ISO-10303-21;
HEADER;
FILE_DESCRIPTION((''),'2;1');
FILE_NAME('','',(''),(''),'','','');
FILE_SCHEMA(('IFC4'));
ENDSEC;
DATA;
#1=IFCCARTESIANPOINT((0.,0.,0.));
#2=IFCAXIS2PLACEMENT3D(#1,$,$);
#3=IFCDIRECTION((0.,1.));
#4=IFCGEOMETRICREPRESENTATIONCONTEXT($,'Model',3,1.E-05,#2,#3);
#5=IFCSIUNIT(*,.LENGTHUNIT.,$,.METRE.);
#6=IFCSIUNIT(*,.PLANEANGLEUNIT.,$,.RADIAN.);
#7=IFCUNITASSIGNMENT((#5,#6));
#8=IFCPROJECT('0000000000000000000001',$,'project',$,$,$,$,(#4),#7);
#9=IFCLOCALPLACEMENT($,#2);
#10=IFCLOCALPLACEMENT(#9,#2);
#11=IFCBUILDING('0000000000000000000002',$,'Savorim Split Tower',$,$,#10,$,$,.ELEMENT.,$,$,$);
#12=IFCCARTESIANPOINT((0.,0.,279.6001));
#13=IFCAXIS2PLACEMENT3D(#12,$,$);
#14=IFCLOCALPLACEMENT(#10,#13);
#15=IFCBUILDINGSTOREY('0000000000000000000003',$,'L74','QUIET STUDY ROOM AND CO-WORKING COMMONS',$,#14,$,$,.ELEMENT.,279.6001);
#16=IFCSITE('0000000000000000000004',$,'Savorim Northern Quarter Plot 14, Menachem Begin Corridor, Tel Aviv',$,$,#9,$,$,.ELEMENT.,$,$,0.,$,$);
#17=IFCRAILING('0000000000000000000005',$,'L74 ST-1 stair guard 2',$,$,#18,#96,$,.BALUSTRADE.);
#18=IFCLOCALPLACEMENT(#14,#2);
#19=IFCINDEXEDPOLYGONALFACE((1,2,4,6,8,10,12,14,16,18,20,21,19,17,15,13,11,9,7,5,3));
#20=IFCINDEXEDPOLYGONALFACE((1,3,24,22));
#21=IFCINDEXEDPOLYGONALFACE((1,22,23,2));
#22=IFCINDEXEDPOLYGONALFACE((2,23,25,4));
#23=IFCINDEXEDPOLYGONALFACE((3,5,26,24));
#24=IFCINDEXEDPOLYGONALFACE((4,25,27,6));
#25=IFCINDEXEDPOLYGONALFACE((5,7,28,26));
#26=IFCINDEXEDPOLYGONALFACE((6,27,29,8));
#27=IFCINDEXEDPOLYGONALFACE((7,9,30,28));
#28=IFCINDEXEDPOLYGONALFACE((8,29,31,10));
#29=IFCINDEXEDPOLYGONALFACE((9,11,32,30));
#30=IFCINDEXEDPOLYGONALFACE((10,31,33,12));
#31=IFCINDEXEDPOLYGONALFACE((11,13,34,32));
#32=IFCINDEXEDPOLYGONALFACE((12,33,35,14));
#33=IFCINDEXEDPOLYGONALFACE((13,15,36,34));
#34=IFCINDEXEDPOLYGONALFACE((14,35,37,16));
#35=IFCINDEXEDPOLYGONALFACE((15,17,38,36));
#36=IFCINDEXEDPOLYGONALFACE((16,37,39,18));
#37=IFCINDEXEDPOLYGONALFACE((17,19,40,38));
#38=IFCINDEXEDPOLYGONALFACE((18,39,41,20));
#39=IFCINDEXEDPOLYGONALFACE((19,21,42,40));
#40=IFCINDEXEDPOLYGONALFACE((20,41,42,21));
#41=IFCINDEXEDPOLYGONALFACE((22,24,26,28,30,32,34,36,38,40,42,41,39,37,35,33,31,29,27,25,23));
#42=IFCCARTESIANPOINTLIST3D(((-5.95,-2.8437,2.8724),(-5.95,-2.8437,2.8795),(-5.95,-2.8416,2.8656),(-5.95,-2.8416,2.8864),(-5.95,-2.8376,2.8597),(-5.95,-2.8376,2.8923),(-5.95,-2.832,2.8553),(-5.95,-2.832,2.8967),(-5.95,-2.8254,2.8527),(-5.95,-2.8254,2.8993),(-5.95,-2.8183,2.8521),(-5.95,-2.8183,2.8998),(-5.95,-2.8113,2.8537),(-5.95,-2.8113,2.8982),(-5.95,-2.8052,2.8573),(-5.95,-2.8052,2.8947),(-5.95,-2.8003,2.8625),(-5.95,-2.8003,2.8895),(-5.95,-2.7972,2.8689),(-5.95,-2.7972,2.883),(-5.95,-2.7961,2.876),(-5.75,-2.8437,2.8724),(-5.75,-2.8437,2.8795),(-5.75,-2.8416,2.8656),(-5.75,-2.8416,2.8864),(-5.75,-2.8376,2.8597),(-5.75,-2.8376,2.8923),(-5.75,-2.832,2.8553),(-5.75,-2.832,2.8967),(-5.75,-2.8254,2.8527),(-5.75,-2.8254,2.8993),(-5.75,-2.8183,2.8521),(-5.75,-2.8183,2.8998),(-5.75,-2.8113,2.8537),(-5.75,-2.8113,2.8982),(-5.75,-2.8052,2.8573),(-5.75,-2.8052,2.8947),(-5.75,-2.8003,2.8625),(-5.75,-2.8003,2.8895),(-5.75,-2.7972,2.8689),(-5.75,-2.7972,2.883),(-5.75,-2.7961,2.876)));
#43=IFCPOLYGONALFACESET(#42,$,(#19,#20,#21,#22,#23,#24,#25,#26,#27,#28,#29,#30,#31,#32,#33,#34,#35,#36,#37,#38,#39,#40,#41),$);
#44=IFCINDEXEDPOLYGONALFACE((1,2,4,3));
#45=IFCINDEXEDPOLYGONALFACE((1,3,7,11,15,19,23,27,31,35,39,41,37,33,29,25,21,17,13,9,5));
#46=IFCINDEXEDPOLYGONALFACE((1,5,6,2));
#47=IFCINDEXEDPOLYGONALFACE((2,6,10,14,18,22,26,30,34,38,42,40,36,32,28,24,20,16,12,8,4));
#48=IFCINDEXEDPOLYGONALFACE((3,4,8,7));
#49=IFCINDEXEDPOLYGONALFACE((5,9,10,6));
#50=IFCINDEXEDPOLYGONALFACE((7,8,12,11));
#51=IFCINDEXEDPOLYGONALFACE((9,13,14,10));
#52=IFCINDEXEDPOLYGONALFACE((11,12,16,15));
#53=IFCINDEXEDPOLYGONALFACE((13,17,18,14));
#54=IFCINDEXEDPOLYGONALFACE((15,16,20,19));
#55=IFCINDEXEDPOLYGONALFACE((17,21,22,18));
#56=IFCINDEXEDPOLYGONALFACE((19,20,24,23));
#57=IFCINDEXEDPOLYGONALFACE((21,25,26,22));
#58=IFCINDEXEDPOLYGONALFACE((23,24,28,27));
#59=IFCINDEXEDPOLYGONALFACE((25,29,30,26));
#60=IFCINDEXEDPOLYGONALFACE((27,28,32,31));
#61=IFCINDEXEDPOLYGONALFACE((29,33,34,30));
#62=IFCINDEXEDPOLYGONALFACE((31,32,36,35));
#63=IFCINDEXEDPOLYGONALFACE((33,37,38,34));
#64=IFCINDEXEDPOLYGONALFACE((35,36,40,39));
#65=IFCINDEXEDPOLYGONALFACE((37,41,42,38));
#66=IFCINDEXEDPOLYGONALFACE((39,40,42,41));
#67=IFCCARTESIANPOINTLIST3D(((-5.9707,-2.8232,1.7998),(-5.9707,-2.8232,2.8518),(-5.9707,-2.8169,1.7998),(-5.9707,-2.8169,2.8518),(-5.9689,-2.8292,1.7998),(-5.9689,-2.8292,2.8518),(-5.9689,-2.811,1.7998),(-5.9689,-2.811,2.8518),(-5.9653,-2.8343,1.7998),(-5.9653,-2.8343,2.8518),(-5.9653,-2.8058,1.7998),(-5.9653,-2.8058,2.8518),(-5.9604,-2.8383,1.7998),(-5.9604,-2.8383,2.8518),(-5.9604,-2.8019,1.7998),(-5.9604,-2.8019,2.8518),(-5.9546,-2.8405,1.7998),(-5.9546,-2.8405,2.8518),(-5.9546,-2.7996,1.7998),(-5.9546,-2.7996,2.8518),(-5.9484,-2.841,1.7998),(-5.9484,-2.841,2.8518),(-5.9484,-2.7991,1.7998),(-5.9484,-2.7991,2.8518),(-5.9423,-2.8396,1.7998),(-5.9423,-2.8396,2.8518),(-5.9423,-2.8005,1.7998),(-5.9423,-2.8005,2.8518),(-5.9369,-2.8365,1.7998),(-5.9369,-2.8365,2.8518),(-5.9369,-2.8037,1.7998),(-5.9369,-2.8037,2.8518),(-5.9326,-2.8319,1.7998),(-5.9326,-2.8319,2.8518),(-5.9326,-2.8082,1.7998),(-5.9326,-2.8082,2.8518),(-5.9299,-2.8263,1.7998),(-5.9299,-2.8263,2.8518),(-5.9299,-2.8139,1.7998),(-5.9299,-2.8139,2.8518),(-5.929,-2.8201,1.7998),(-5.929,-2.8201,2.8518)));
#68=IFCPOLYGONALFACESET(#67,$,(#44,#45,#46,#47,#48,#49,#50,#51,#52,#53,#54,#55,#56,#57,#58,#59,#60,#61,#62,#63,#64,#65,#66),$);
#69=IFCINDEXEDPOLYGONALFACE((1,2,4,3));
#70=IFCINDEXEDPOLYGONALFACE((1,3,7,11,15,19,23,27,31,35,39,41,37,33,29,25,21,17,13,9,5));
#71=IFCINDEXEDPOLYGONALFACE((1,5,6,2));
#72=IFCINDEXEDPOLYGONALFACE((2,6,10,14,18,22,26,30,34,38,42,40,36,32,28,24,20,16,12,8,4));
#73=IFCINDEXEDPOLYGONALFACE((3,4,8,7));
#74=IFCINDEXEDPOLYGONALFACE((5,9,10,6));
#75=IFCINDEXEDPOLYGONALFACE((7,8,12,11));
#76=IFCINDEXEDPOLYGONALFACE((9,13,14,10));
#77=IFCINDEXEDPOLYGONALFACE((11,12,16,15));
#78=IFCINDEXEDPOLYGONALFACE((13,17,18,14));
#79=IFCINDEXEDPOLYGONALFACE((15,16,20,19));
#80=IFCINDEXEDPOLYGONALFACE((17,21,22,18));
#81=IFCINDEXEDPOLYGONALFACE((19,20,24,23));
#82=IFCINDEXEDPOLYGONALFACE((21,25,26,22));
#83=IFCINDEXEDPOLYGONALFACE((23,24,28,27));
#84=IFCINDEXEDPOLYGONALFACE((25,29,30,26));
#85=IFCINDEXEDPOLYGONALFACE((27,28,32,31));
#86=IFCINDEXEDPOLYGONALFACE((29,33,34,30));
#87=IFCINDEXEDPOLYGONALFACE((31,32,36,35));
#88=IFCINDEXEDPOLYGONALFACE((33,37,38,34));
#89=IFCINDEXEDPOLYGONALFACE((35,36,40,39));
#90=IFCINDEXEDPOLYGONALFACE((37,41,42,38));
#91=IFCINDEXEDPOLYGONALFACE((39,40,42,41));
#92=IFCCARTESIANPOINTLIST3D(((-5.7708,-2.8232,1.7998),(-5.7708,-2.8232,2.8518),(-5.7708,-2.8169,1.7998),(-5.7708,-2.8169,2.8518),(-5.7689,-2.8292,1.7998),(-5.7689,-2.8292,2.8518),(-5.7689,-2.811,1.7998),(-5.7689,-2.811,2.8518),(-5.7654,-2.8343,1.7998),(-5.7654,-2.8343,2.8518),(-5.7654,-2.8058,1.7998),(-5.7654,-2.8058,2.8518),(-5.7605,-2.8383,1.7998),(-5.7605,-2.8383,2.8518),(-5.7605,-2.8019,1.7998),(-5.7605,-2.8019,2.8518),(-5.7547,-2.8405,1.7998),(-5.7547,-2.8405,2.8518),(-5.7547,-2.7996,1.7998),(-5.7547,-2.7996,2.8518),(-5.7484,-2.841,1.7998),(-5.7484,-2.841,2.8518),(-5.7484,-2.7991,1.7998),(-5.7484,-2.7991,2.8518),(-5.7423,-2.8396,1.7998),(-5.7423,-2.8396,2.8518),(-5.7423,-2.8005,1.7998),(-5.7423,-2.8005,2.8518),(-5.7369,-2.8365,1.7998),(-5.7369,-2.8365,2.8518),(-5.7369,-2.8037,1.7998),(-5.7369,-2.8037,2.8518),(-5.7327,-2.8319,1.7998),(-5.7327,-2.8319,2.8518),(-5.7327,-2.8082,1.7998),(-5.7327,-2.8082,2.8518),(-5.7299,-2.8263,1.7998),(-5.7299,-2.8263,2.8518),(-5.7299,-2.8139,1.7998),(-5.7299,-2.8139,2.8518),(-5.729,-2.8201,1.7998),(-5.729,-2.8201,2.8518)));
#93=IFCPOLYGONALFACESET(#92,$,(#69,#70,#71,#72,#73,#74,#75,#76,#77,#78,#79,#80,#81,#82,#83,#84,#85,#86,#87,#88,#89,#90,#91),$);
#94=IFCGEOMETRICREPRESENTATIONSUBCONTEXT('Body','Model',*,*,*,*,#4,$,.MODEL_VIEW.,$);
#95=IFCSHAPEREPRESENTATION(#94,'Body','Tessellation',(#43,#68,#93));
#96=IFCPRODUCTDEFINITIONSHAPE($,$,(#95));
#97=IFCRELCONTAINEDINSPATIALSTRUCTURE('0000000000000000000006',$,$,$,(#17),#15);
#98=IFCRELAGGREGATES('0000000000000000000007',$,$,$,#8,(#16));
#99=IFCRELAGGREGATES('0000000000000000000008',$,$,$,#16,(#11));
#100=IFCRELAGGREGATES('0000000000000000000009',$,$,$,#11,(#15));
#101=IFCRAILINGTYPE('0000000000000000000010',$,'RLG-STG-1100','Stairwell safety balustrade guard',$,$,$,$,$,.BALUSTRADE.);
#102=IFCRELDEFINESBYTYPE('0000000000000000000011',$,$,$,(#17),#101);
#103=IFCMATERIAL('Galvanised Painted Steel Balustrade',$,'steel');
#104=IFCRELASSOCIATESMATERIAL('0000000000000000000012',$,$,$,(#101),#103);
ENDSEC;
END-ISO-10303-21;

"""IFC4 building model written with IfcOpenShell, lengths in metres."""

from ifc_helpers import new_model, si_unit, direction, frame, origin, origin_2d, place, context, subcontext, project, spatial, circle, extrude, material, type_object, element, save


model = new_model("IFC4")

# Units and contexts
model_context = context("Model", 3, precision=1e-05, world=origin(), true_north=direction((0.0, 1.0)))
body_context = subcontext(model_context, "Body", "Model", "MODEL_VIEW")
ifc_project = project(units=[si_unit("LENGTHUNIT", "METRE"), si_unit("PLANEANGLEUNIT", "RADIAN")], contexts=[model_context])

# Site, building, storey
site_placement = place(None, origin())
site = spatial("IfcSite", under=ifc_project, at=site_placement, Name="Savorim Northern Quarter Plot 14, Menachem Begin Corridor, Tel Aviv", CompositionType="ELEMENT", RefElevation=0.0)
building_placement = place(site_placement, origin())
building = spatial("IfcBuilding", under=site, at=building_placement, Name="Savorim Split Tower", CompositionType="ELEMENT")
storey_placement = place(building_placement, frame((0.0, 0.0, 279.6001)))
storey = spatial("IfcBuildingStorey", under=building, at=storey_placement, Name="L74", Description="QUIET STUDY ROOM AND CO-WORKING COMMONS", CompositionType="ELEMENT", Elevation=279.6001)

# Railing
ifc_material_1 = material(Name="Galvanised Painted Steel Balustrade", Category="steel")
railing_type_1 = type_object("IfcRailingType", Name="RLG-STG-1100", Description="Stairwell safety balustrade guard", PredefinedType="BALUSTRADE", material=ifc_material_1)
railing_1_placement = place(storey_placement, frame((-5.95, -2.8201, 1.7998)))
element("IfcRailing", 1, at=railing_1_placement, inside=storey, type_object=railing_type_1, Name="L74 ST-1 stair guard 2", PredefinedType="BALUSTRADE", context=body_context, shape_type="SweptSolid", body=[
    extrude(circle(Radius=0.0239, at=origin_2d()), frame((0.0, 0.0, 1.0762), z_axis=(1.0, 0.0, 0.0), x_axis=(0.0, 1.0, 0.0)), (0.0, 0.0, 1.0), 0.2),
    extrude(circle(Radius=0.021, at=origin_2d()), origin(), (0.0, 0.0, 1.0), 1.052),
    extrude(circle(Radius=0.021, at=origin_2d()), frame((0.2, 0.0, 0.0)), (0.0, 0.0, 1.0), 1.052),
])

save(model, "model.ifc")
